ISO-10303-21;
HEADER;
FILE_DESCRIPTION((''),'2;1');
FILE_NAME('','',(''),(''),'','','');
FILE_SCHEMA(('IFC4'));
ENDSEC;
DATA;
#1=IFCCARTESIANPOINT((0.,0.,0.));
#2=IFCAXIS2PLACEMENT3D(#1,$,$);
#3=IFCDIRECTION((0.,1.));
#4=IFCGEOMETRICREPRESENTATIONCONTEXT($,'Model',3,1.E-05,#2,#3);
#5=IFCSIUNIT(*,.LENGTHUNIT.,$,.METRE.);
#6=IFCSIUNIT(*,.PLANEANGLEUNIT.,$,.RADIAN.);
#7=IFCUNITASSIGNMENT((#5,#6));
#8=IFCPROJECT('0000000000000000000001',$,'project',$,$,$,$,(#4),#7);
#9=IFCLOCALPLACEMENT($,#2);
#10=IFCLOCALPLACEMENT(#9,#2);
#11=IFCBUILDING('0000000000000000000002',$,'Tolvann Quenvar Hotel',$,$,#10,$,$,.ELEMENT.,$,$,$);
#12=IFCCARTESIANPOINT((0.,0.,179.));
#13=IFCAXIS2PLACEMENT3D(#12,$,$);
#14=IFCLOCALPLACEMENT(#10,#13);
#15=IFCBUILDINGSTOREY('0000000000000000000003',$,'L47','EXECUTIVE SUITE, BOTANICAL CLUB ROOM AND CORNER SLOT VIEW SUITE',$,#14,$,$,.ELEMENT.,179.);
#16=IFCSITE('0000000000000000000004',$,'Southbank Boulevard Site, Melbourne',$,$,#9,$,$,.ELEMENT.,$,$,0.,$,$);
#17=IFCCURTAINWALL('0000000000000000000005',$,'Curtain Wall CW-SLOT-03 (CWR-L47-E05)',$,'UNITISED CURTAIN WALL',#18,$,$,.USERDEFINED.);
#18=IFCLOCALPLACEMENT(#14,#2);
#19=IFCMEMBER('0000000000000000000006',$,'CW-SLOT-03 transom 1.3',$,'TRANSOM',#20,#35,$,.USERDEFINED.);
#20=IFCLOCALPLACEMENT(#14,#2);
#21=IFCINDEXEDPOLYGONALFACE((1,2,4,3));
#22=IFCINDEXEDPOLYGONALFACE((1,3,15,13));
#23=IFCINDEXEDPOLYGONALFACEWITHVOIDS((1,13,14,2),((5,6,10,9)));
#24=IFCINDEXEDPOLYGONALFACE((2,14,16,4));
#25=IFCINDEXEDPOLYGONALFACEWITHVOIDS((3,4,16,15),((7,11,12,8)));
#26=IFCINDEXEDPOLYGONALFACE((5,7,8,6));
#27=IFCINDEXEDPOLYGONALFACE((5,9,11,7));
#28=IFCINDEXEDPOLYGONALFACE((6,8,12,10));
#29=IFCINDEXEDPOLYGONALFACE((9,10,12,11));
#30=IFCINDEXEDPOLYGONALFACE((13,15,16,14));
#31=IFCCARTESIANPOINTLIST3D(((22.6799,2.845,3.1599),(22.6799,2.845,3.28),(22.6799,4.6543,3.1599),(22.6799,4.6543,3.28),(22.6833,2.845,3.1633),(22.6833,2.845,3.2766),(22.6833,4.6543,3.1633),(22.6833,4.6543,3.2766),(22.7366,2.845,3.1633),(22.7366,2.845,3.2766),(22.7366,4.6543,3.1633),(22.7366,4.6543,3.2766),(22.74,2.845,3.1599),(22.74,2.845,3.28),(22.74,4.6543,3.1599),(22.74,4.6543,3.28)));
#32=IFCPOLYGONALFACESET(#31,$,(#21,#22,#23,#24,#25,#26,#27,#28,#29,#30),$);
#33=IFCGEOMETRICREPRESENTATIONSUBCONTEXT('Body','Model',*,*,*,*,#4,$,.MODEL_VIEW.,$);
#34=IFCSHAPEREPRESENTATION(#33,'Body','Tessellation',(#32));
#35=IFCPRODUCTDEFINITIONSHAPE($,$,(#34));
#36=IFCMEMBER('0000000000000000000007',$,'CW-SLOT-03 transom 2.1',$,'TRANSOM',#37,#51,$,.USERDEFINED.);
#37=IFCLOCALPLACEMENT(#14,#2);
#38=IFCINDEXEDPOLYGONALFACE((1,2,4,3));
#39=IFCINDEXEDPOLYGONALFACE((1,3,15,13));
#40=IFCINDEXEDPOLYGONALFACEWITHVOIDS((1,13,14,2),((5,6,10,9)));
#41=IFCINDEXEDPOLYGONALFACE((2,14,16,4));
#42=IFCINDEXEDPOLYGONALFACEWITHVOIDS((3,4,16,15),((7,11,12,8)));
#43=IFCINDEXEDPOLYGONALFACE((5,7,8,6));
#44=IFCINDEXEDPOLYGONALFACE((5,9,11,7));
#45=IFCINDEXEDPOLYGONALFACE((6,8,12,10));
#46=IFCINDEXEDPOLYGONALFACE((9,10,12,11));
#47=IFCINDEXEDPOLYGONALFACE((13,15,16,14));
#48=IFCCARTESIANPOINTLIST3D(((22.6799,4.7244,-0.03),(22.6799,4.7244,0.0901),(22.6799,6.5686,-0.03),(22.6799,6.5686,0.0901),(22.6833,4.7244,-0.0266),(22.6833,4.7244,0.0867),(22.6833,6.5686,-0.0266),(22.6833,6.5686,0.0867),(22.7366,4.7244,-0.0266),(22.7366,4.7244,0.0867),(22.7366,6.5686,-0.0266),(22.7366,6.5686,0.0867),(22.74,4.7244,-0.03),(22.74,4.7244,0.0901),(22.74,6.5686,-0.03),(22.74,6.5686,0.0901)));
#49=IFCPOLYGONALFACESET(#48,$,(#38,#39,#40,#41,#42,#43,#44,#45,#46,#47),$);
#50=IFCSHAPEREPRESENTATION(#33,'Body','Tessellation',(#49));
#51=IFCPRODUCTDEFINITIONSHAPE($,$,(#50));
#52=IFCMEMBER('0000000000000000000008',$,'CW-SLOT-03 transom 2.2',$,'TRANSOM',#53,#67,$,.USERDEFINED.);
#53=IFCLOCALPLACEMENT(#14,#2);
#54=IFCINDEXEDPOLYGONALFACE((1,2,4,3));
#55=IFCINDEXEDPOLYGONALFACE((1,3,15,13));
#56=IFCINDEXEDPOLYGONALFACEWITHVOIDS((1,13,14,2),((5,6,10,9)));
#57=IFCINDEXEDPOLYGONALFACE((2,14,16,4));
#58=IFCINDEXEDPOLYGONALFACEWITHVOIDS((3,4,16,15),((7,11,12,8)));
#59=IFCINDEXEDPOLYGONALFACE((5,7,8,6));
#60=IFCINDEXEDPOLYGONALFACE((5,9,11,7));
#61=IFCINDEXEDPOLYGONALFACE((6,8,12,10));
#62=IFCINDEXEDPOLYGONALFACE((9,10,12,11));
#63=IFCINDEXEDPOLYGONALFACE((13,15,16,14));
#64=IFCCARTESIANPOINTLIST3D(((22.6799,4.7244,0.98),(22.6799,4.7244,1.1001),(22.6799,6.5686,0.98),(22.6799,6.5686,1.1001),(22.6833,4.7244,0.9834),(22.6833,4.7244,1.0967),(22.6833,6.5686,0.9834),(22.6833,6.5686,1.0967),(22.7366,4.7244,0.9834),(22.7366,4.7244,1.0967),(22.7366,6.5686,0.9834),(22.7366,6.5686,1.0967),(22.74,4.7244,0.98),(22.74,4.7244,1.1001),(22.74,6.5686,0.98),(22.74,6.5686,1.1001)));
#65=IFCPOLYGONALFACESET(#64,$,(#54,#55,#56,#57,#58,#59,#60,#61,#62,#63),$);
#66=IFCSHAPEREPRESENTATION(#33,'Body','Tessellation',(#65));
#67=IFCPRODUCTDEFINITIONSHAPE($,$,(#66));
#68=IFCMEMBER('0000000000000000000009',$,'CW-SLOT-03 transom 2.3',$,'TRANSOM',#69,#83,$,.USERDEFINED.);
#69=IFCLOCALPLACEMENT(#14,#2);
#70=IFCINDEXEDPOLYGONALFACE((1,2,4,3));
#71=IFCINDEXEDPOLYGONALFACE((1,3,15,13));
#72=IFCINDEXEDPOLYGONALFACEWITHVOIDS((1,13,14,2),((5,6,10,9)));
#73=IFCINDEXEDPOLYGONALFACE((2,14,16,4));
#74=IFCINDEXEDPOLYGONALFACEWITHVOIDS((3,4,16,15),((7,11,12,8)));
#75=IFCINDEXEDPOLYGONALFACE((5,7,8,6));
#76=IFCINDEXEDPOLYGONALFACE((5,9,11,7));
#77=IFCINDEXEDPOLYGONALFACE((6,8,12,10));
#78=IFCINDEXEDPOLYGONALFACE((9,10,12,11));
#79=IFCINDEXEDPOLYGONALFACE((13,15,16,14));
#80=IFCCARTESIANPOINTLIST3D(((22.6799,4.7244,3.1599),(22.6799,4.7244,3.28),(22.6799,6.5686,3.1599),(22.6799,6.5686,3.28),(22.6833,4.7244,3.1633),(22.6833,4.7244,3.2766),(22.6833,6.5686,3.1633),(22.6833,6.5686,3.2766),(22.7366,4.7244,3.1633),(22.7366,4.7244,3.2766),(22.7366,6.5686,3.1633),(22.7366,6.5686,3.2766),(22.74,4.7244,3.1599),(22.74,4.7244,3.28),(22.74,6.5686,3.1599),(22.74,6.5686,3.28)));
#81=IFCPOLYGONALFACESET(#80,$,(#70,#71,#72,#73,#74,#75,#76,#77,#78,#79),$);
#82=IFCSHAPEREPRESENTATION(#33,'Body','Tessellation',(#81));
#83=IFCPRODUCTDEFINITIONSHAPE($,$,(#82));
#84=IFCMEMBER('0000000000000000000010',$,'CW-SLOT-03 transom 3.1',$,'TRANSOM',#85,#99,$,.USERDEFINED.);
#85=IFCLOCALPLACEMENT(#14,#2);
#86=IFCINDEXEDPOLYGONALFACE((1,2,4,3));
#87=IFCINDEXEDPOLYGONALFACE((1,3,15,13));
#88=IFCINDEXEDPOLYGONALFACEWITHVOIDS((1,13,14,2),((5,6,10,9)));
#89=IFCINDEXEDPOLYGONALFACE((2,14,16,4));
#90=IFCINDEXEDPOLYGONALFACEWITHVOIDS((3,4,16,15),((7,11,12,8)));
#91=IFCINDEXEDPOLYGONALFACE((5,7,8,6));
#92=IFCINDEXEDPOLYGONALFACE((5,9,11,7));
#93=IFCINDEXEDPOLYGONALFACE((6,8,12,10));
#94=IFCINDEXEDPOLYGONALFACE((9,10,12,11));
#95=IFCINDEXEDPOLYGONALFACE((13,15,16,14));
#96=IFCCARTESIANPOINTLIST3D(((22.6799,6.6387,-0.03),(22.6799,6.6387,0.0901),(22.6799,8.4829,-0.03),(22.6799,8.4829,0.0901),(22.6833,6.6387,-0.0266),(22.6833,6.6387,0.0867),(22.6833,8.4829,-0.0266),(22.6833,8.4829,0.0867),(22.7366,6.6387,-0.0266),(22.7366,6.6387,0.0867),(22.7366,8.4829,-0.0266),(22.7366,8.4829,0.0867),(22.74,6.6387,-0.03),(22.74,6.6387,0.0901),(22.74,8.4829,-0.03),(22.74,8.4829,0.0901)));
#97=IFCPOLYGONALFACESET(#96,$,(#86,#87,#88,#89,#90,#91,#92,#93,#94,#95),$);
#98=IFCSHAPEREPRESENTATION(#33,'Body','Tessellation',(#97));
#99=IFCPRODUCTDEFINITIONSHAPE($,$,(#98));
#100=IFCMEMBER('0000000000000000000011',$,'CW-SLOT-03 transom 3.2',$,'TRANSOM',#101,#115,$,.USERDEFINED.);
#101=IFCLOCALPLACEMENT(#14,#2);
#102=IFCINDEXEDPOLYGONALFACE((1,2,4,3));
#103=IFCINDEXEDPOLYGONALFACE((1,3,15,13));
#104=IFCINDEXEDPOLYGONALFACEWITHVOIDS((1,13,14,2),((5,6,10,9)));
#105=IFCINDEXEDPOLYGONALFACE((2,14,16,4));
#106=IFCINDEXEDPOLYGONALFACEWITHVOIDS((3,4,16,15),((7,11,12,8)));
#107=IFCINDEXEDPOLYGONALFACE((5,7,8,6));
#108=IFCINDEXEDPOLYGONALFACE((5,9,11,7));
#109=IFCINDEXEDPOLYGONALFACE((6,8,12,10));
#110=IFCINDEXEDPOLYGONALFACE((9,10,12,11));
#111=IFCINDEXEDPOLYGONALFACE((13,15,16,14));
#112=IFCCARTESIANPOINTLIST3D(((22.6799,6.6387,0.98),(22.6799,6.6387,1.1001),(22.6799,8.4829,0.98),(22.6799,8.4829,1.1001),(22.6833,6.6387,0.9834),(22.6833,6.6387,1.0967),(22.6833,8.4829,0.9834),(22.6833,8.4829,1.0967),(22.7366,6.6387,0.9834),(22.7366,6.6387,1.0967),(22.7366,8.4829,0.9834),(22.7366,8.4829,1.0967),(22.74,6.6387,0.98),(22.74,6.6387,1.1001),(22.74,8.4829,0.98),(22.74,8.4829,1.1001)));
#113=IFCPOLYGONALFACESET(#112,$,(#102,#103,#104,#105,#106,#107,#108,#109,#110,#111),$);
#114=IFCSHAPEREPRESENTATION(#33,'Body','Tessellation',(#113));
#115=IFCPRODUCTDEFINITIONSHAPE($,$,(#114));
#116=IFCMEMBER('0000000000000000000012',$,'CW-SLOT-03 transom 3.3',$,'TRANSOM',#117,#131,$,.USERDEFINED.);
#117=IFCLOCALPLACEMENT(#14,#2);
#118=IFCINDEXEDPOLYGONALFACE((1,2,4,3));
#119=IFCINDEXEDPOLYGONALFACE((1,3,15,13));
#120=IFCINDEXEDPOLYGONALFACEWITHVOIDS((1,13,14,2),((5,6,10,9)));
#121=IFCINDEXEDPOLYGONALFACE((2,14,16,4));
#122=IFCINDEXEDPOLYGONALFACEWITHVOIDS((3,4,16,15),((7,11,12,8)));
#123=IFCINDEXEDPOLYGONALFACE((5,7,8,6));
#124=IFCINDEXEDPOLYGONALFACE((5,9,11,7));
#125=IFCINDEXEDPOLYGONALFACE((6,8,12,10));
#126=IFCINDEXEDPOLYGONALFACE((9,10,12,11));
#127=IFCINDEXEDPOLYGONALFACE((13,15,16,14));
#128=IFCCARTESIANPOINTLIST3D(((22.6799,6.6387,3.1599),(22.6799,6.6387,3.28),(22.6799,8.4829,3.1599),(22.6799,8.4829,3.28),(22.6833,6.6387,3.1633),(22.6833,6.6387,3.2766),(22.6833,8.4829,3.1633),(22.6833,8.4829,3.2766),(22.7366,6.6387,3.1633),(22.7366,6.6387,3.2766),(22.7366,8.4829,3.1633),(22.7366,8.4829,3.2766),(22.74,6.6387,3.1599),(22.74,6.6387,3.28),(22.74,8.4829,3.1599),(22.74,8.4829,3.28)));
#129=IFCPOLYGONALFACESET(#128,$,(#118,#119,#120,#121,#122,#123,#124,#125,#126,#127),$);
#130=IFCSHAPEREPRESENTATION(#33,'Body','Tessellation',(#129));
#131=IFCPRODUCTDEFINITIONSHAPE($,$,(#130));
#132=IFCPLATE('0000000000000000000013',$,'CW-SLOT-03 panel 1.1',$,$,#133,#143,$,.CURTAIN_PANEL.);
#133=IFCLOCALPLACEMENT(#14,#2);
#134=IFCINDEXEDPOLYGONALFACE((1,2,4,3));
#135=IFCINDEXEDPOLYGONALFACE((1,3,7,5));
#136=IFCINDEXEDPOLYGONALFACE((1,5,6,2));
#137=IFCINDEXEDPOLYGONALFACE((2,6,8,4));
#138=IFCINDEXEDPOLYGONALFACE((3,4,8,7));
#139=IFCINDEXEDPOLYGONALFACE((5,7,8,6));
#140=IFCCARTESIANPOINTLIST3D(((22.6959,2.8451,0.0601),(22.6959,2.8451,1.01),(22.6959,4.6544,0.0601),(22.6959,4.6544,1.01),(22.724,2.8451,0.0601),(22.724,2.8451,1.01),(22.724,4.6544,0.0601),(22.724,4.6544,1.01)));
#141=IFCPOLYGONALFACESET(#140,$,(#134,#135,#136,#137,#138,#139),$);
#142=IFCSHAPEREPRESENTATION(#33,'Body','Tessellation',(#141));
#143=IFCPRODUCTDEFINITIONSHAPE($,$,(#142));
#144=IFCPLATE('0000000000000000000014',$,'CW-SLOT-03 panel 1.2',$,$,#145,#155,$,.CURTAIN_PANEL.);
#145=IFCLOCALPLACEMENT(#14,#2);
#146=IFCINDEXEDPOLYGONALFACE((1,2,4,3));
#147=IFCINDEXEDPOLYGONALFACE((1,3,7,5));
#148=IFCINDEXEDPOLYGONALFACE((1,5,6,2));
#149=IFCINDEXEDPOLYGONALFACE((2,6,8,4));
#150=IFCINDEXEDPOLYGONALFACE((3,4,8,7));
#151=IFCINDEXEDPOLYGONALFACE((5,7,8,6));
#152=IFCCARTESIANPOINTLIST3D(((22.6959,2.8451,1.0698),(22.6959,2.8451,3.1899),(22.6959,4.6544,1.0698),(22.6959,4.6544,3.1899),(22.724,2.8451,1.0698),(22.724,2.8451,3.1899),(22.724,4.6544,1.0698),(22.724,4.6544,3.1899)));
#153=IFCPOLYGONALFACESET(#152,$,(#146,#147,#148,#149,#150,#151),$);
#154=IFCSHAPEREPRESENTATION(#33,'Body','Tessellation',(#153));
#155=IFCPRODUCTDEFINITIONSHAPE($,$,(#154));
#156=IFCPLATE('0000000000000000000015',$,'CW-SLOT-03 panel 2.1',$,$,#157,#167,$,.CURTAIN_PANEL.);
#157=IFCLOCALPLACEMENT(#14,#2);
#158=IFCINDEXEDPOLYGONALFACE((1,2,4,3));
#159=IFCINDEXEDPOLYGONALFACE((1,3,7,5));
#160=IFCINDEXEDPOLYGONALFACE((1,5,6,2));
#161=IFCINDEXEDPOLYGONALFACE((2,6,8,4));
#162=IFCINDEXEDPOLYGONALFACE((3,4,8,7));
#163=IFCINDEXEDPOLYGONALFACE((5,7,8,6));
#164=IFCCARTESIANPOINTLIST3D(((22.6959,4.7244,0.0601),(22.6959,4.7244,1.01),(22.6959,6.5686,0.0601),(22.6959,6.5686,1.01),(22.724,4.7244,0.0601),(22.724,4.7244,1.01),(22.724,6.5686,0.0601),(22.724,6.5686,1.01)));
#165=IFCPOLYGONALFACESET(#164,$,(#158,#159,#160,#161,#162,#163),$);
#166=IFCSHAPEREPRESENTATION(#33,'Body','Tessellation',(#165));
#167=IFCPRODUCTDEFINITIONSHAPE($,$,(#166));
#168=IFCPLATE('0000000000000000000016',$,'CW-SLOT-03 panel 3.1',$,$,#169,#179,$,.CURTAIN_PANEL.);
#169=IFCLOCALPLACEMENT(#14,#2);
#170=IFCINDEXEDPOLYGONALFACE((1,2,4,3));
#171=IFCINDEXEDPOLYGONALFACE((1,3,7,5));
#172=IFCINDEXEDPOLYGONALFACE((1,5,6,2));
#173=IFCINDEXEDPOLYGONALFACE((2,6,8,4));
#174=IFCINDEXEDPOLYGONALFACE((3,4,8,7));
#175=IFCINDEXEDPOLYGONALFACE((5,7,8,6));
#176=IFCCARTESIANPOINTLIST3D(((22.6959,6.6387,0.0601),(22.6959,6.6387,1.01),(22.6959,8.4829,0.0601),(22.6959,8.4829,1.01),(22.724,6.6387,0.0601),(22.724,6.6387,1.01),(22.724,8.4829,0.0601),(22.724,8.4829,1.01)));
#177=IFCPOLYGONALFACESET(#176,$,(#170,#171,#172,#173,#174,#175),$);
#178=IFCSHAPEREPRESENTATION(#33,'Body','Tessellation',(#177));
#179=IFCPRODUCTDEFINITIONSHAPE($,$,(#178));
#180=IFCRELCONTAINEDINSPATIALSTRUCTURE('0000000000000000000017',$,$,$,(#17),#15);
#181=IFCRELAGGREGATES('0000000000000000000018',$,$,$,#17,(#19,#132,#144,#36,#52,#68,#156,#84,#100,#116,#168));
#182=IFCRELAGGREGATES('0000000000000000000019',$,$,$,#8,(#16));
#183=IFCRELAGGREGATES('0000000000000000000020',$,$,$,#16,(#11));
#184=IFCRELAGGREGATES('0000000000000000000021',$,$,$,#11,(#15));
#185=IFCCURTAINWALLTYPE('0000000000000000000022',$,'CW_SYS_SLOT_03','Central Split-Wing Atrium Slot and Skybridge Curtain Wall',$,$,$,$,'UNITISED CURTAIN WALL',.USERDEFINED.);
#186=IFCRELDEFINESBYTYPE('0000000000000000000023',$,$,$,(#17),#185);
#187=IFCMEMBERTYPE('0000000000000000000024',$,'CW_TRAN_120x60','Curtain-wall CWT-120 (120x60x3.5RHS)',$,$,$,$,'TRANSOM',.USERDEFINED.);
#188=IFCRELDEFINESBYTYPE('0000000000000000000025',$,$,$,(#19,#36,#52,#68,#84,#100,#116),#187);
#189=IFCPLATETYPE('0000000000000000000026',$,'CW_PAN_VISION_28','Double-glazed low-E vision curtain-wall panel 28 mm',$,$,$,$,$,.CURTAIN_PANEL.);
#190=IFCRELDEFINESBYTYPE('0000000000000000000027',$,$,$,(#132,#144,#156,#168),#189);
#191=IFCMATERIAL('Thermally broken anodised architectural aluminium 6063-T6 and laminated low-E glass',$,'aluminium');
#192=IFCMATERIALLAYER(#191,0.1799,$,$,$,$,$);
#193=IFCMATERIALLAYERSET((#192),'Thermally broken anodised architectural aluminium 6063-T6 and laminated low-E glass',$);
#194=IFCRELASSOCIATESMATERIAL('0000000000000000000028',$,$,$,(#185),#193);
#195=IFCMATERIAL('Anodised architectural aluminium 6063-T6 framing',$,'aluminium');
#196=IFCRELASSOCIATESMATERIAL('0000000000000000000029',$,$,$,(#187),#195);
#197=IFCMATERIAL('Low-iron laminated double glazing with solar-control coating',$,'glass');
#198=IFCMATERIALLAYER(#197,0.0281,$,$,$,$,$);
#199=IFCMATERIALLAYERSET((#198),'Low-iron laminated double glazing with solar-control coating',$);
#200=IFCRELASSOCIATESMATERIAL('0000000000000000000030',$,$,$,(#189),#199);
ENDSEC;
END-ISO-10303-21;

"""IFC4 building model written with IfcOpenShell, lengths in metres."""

from ifc_helpers import new_model, si_unit, direction, frame, origin, origin_2d, place, context, subcontext, project, spatial, rectangle, hollow_rectangle, extrude, source, transform, mapped, material, layer, layer_set, material_profile, profile_set, type_object, type_shapes, element, aggregate, save


model = new_model("IFC4")

# Units and contexts
model_context = context("Model", 3, precision=1e-05, world=origin(), true_north=direction((0.0, 1.0)))
body_context = subcontext(model_context, "Body", "Model", "MODEL_VIEW")
ifc_project = project(units=[si_unit("LENGTHUNIT", "METRE"), si_unit("PLANEANGLEUNIT", "RADIAN")], contexts=[model_context])

# Site, building, storey
site_placement = place(None, origin())
site = spatial("IfcSite", under=ifc_project, at=site_placement, Name="Southbank Boulevard Site, Melbourne", CompositionType="ELEMENT", RefElevation=0.0)
building_placement = place(site_placement, origin())
building = spatial("IfcBuilding", under=site, at=building_placement, Name="Tolvann Quenvar Hotel", CompositionType="ELEMENT")
storey_placement = place(building_placement, frame((0.0, 0.0, 179.0)))
storey = spatial("IfcBuildingStorey", under=building, at=storey_placement, Name="L47", Description="EXECUTIVE SUITE, BOTANICAL CLUB ROOM AND CORNER SLOT VIEW SUITE", CompositionType="ELEMENT", Elevation=179.0)

# Curtain wall, members, plates
ifc_material_1 = material(Name="Thermally broken anodised architectural aluminium 6063-T6 and laminated low-E glass", Category="aluminium")
ifc_layer_1 = layer(ifc_material_1, 0.1799)
ifc_layer_set_1 = layer_set([ifc_layer_1], Name="Thermally broken anodised architectural aluminium 6063-T6 and laminated low-E glass")
curtain_wall_type = type_object("IfcCurtainWallType", Name="CW_SYS_SLOT_03", Description="Central Split-Wing Atrium Slot and Skybridge Curtain Wall", ElementType="UNITISED CURTAIN WALL", PredefinedType="USERDEFINED", material=ifc_layer_set_1)
curtain_wall_placement = place(storey_placement, origin())
curtain_wall = element("IfcCurtainWall", 1, at=curtain_wall_placement, inside=storey, type_object=curtain_wall_type, Name="Curtain Wall CW-SLOT-03 (CWR-L47-E05)", ObjectType="UNITISED CURTAIN WALL", PredefinedType="USERDEFINED")
ifc_material_2 = material(Name="Anodised architectural aluminium 6063-T6 framing", Category="aluminium")
ifc_material_profile_1 = material_profile(ifc_material_2, hollow_rectangle(XDim=0.0601, YDim=0.1201, WallThickness=0.0034, at=origin_2d()), Name="120x60x3.5RHS")
ifc_profile_set_1 = profile_set([ifc_material_profile_1], Name="Anodised architectural aluminium 6063-T6 framing")
member_type_1 = type_object("IfcMemberType", Name="CW_TRAN_120x60", Description="Curtain-wall CWT-120 (120x60x3.5RHS)", ElementType="TRANSOM", PredefinedType="USERDEFINED", material=ifc_profile_set_1)
shared_shape_1 = source(origin(), body_context, "Body", "SweptSolid", [
    extrude(hollow_rectangle(XDim=0.0601, YDim=0.1201, WallThickness=0.0034, at=origin_2d()), origin(), (0.0, 0.0, 1.0), 1.8093),
])
member_1_placement = place(storey_placement, frame((22.71, 2.845, 3.22), z_axis=(0.0, 1.0, 0.0), x_axis=(-1.0, 0.0, 0.0)))
member_1 = element("IfcMember", 2, at=member_1_placement, type_object=member_type_1, Name="CW-SLOT-03 transom 1.3", ObjectType="TRANSOM", PredefinedType="USERDEFINED", context=body_context, shape_type="MappedRepresentation", body=[
    mapped(shared_shape_1, transform((0.0, 0.0, 0.0), x_axis=(1.0, 0.0, 0.0), y_axis=(0.0, 1.0, 0.0), z_axis=(0.0, 0.0, 1.0), scale=1.0)),
])
shared_shape_2 = source(origin(), body_context, "Body", "SweptSolid", [
    extrude(hollow_rectangle(XDim=0.0601, YDim=0.1201, WallThickness=0.0034, at=origin_2d()), origin(), (0.0, 0.0, 1.0), 1.8442),
])
type_shapes(member_type_1, [shared_shape_1, shared_shape_2])
member_2_placement = place(storey_placement, frame((22.71, 4.7244, 0.03), z_axis=(0.0, 1.0, 0.0), x_axis=(-1.0, 0.0, 0.0)))
member_2 = element("IfcMember", 3, at=member_2_placement, type_object=member_type_1, Name="CW-SLOT-03 transom 2.1", ObjectType="TRANSOM", PredefinedType="USERDEFINED", context=body_context, shape_type="MappedRepresentation", body=[
    mapped(shared_shape_2, transform((0.0, 0.0, 0.0), x_axis=(1.0, 0.0, 0.0), y_axis=(0.0, 1.0, 0.0), z_axis=(0.0, 0.0, 1.0), scale=1.0)),
])
member_3_placement = place(storey_placement, frame((22.71, 4.7244, 1.04), z_axis=(0.0, 1.0, 0.0), x_axis=(-1.0, 0.0, 0.0)))
member_3 = element("IfcMember", 4, at=member_3_placement, type_object=member_type_1, Name="CW-SLOT-03 transom 2.2", ObjectType="TRANSOM", PredefinedType="USERDEFINED", context=body_context, shape_type="MappedRepresentation", body=[
    mapped(shared_shape_2, transform((0.0, 0.0, 0.0), x_axis=(1.0, 0.0, 0.0), y_axis=(0.0, 1.0, 0.0), z_axis=(0.0, 0.0, 1.0), scale=1.0)),
])
member_4_placement = place(storey_placement, frame((22.71, 4.7244, 3.22), z_axis=(0.0, 1.0, 0.0), x_axis=(-1.0, 0.0, 0.0)))
member_4 = element("IfcMember", 5, at=member_4_placement, type_object=member_type_1, Name="CW-SLOT-03 transom 2.3", ObjectType="TRANSOM", PredefinedType="USERDEFINED", context=body_context, shape_type="MappedRepresentation", body=[
    mapped(shared_shape_2, transform((0.0, 0.0, 0.0), x_axis=(1.0, 0.0, 0.0), y_axis=(0.0, 1.0, 0.0), z_axis=(0.0, 0.0, 1.0), scale=1.0)),
])
member_5_placement = place(storey_placement, frame((22.71, 6.6387, 0.03), z_axis=(0.0, 1.0, 0.0), x_axis=(-1.0, 0.0, 0.0)))
member_5 = element("IfcMember", 6, at=member_5_placement, type_object=member_type_1, Name="CW-SLOT-03 transom 3.1", ObjectType="TRANSOM", PredefinedType="USERDEFINED", context=body_context, shape_type="MappedRepresentation", body=[
    mapped(shared_shape_2, transform((0.0, 0.0, 0.0), x_axis=(1.0, 0.0, 0.0), y_axis=(0.0, 1.0, 0.0), z_axis=(0.0, 0.0, 1.0), scale=1.0)),
])
member_6_placement = place(storey_placement, frame((22.71, 6.6387, 1.04), z_axis=(0.0, 1.0, 0.0), x_axis=(-1.0, 0.0, 0.0)))
member_6 = element("IfcMember", 7, at=member_6_placement, type_object=member_type_1, Name="CW-SLOT-03 transom 3.2", ObjectType="TRANSOM", PredefinedType="USERDEFINED", context=body_context, shape_type="MappedRepresentation", body=[
    mapped(shared_shape_2, transform((0.0, 0.0, 0.0), x_axis=(1.0, 0.0, 0.0), y_axis=(0.0, 1.0, 0.0), z_axis=(0.0, 0.0, 1.0), scale=1.0)),
])
member_7_placement = place(storey_placement, frame((22.71, 6.6387, 3.22), z_axis=(0.0, 1.0, 0.0), x_axis=(-1.0, 0.0, 0.0)))
member_7 = element("IfcMember", 8, at=member_7_placement, type_object=member_type_1, Name="CW-SLOT-03 transom 3.3", ObjectType="TRANSOM", PredefinedType="USERDEFINED", context=body_context, shape_type="MappedRepresentation", body=[
    mapped(shared_shape_2, transform((0.0, 0.0, 0.0), x_axis=(1.0, 0.0, 0.0), y_axis=(0.0, 1.0, 0.0), z_axis=(0.0, 0.0, 1.0), scale=1.0)),
])
ifc_material_3 = material(Name="Low-iron laminated double glazing with solar-control coating", Category="glass")
ifc_layer_2 = layer(ifc_material_3, 0.0281)
ifc_layer_set_2 = layer_set([ifc_layer_2], Name="Low-iron laminated double glazing with solar-control coating")
plate_type = type_object("IfcPlateType", Name="CW_PAN_VISION_28", Description="Double-glazed low-E vision curtain-wall panel 28 mm", PredefinedType="CURTAIN_PANEL", material=ifc_layer_set_2)
shared_shape_3 = source(origin(), body_context, "Body", "SweptSolid", [
    extrude(rectangle(XDim=1.8093, YDim=0.0281, at=origin_2d()), origin(), (0.0, 0.0, 1.0), 0.95),
])
plate_1_placement = place(storey_placement, frame((22.71, 3.7498, 0.0601), z_axis=(0.0, 0.0, 1.0), x_axis=(0.0, 1.0, 0.0)))
plate_1 = element("IfcPlate", 9, at=plate_1_placement, type_object=plate_type, Name="CW-SLOT-03 panel 1.1", PredefinedType="CURTAIN_PANEL", context=body_context, shape_type="MappedRepresentation", body=[
    mapped(shared_shape_3, transform((0.0, 0.0, 0.0), x_axis=(1.0, 0.0, 0.0), y_axis=(0.0, 1.0, 0.0), z_axis=(0.0, 0.0, 1.0), scale=1.0)),
])
shared_shape_4 = source(origin(), body_context, "Body", "SweptSolid", [
    extrude(rectangle(XDim=1.8093, YDim=0.0281, at=origin_2d()), origin(), (0.0, 0.0, 1.0), 2.1201),
])
plate_2_placement = place(storey_placement, frame((22.71, 3.7498, 1.0698), z_axis=(0.0, 0.0, 1.0), x_axis=(0.0, 1.0, 0.0)))
plate_2 = element("IfcPlate", 10, at=plate_2_placement, type_object=plate_type, Name="CW-SLOT-03 panel 1.2", PredefinedType="CURTAIN_PANEL", context=body_context, shape_type="MappedRepresentation", body=[
    mapped(shared_shape_4, transform((0.0, 0.0, 0.0), x_axis=(1.0, 0.0, 0.0), y_axis=(0.0, 1.0, 0.0), z_axis=(0.0, 0.0, 1.0), scale=1.0)),
])
shared_shape_5 = source(origin(), body_context, "Body", "SweptSolid", [
    extrude(rectangle(XDim=1.8442, YDim=0.0281, at=origin_2d()), origin(), (0.0, 0.0, 1.0), 0.95),
])
plate_3_placement = place(storey_placement, frame((22.71, 5.6465, 0.0601), z_axis=(0.0, 0.0, 1.0), x_axis=(0.0, 1.0, 0.0)))
plate_3 = element("IfcPlate", 11, at=plate_3_placement, type_object=plate_type, Name="CW-SLOT-03 panel 2.1", PredefinedType="CURTAIN_PANEL", context=body_context, shape_type="MappedRepresentation", body=[
    mapped(shared_shape_5, transform((0.0, 0.0, 0.0), x_axis=(1.0, 0.0, 0.0), y_axis=(0.0, 1.0, 0.0), z_axis=(0.0, 0.0, 1.0), scale=1.0)),
])
plate_4_placement = place(storey_placement, frame((22.71, 7.5608, 0.0601), z_axis=(0.0, 0.0, 1.0), x_axis=(0.0, 1.0, 0.0)))
plate_4 = element("IfcPlate", 12, at=plate_4_placement, type_object=plate_type, Name="CW-SLOT-03 panel 3.1", PredefinedType="CURTAIN_PANEL", context=body_context, shape_type="MappedRepresentation", body=[
    mapped(shared_shape_5, transform((0.0, 0.0, 0.0), x_axis=(1.0, 0.0, 0.0), y_axis=(0.0, 1.0, 0.0), z_axis=(0.0, 0.0, 1.0), scale=1.0)),
])
aggregate(curtain_wall, [member_1, plate_1, plate_2, member_2, member_3, member_4, plate_3, member_5, member_6, member_7, plate_4])

save(model, "model.ifc")
